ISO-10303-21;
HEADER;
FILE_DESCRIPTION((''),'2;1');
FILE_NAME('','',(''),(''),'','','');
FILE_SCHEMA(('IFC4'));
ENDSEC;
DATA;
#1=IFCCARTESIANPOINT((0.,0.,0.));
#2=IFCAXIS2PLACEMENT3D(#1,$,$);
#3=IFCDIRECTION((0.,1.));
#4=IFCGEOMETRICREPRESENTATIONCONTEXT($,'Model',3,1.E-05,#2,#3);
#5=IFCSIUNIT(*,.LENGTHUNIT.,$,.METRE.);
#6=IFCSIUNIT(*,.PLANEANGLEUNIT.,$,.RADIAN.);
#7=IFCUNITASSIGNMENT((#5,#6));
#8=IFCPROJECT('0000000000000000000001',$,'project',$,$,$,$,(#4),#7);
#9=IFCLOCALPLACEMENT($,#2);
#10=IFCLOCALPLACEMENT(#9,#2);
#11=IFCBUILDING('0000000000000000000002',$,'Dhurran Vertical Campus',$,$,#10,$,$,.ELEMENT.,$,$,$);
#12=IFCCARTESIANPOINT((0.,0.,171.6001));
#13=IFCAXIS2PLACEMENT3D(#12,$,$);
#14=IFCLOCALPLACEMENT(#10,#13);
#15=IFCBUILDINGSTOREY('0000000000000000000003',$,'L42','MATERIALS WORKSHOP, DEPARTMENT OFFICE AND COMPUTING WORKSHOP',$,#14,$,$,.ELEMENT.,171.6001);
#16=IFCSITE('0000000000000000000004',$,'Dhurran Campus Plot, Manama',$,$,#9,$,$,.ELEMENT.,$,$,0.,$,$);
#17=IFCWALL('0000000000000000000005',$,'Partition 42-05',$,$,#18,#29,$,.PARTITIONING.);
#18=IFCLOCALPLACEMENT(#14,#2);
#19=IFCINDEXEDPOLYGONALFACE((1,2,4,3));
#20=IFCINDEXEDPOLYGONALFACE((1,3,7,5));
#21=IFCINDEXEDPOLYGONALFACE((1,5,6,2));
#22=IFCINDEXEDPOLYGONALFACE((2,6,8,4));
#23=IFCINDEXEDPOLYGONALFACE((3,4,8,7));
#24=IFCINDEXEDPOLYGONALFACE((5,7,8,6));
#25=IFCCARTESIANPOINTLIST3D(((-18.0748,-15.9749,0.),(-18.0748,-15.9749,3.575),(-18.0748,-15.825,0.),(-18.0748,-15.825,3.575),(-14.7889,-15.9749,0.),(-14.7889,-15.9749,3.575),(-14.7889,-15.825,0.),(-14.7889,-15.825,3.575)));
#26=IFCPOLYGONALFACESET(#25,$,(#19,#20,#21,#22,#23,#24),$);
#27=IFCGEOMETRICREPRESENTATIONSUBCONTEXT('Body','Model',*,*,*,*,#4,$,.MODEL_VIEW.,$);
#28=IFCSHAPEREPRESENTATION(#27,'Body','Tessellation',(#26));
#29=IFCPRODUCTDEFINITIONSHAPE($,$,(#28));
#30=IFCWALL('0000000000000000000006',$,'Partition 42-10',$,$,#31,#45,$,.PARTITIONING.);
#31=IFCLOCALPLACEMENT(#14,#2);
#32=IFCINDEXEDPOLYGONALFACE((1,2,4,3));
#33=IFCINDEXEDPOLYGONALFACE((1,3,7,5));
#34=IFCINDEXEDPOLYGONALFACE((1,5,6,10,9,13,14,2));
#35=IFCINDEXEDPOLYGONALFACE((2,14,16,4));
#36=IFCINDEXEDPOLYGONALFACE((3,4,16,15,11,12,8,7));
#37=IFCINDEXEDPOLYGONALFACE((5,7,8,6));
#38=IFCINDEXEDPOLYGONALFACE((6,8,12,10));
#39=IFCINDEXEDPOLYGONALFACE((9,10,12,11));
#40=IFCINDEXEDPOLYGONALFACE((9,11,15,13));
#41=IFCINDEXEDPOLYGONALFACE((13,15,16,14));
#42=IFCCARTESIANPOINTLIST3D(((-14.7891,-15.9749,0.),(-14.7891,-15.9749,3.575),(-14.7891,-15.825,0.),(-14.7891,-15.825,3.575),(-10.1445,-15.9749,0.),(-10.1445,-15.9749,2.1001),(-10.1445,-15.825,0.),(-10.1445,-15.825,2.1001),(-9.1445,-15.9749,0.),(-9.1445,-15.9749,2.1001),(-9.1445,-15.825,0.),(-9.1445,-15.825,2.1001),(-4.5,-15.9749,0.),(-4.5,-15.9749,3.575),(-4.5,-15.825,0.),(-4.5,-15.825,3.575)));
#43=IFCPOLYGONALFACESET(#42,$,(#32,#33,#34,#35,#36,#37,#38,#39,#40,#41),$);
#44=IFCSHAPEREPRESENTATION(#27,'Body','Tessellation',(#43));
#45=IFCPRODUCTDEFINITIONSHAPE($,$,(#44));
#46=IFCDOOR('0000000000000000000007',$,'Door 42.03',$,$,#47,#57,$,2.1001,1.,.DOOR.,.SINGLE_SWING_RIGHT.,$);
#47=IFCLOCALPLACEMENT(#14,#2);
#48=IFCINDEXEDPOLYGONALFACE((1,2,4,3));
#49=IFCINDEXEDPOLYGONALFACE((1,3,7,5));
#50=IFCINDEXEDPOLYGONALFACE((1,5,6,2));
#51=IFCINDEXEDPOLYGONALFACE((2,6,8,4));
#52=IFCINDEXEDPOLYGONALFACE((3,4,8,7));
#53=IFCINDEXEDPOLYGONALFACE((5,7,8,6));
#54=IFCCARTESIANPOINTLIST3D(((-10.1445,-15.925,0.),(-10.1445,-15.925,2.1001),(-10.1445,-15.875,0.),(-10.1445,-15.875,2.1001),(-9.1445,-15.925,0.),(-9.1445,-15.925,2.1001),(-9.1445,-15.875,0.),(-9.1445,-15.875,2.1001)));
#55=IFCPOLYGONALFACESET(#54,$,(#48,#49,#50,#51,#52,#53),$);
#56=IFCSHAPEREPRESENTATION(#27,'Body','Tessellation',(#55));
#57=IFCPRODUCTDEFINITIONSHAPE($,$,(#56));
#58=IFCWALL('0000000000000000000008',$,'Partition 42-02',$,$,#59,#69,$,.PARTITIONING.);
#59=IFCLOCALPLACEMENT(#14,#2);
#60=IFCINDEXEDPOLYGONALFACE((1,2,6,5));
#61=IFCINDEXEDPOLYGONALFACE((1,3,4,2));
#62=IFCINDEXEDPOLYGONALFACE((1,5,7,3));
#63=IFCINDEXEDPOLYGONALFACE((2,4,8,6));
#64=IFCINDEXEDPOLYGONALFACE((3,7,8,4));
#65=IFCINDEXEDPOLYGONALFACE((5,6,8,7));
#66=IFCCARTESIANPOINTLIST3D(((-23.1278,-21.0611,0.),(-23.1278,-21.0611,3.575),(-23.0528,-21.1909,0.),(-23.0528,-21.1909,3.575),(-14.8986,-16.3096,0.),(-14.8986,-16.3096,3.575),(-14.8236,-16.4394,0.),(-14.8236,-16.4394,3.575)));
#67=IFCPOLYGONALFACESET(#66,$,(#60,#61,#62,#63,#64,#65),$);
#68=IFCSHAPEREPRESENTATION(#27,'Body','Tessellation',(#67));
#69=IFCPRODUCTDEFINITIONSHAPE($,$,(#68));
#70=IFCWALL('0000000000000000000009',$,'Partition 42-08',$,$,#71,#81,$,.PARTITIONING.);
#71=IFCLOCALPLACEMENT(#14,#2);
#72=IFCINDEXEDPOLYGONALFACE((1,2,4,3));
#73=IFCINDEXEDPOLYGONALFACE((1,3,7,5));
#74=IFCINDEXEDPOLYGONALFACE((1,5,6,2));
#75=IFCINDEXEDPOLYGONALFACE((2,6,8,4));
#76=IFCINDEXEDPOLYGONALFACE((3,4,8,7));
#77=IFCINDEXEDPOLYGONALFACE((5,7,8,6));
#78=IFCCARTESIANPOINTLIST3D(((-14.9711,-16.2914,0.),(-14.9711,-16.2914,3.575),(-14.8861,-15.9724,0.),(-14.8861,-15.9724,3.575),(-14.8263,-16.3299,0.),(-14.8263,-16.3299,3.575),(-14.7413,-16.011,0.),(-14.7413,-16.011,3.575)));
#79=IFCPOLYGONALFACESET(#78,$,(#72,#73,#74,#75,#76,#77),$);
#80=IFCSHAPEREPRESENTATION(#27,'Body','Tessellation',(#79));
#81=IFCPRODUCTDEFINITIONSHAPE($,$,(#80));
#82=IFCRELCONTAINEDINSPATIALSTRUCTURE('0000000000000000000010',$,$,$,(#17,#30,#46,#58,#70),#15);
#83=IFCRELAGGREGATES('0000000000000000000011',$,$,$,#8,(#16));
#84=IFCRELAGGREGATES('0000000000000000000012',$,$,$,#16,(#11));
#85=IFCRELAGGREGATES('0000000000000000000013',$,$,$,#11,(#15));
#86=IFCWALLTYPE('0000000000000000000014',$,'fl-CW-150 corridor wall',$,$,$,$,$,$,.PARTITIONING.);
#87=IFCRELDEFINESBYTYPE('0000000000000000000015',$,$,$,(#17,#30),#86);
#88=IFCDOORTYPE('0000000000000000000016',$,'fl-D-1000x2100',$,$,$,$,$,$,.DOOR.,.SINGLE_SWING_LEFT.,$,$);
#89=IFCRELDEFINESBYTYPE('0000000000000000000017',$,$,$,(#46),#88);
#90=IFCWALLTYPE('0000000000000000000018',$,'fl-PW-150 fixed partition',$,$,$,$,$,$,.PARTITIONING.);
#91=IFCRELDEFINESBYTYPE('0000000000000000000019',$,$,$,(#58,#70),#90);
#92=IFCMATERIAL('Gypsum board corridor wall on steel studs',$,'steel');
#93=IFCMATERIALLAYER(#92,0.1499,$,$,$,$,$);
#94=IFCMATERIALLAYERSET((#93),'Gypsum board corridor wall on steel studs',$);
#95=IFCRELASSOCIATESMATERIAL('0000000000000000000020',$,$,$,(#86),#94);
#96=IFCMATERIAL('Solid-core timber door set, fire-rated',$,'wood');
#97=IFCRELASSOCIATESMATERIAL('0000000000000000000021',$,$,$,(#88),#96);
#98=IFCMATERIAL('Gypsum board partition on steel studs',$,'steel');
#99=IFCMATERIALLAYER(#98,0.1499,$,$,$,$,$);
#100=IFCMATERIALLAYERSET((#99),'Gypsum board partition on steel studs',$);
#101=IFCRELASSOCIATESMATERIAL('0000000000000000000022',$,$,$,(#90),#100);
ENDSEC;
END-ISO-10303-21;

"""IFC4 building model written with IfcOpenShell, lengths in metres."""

from ifc_helpers import new_model, si_unit, direction, frame, frame_2d, origin, place, context, subcontext, project, spatial, rectangle, extrude, material, layer, layer_set, type_object, element, fill, save


model = new_model("IFC4")

# Units and contexts
model_context = context("Model", 3, precision=1e-05, world=origin(), true_north=direction((0.0, 1.0)))
body_context = subcontext(model_context, "Body", "Model", "MODEL_VIEW")
ifc_project = project(units=[si_unit("LENGTHUNIT", "METRE"), si_unit("PLANEANGLEUNIT", "RADIAN")], contexts=[model_context])

# Site, building, storey
site_placement = place(None, origin())
site = spatial("IfcSite", under=ifc_project, at=site_placement, Name="Dhurran Campus Plot, Manama", CompositionType="ELEMENT", RefElevation=0.0)
building_placement = place(site_placement, origin())
building = spatial("IfcBuilding", under=site, at=building_placement, Name="Dhurran Vertical Campus", CompositionType="ELEMENT")
storey_placement = place(building_placement, frame((0.0, 0.0, 171.6001)))
storey = spatial("IfcBuildingStorey", under=building, at=storey_placement, Name="L42", Description="MATERIALS WORKSHOP, DEPARTMENT OFFICE AND COMPUTING WORKSHOP", CompositionType="ELEMENT", Elevation=171.6001)

# Wall
ifc_material_1 = material(Name="Gypsum board corridor wall on steel studs", Category="steel")
ifc_layer_1 = layer(ifc_material_1, 0.1499)
ifc_layer_set_1 = layer_set([ifc_layer_1], Name="Gypsum board corridor wall on steel studs")
wall_type_1 = type_object("IfcWallType", Name="fl-CW-150 corridor wall", PredefinedType="PARTITIONING", material=ifc_layer_set_1)
wall_1_placement = place(storey_placement, frame((-18.075, -15.8999, 0.0), z_axis=(0.0, 0.0, 1.0), x_axis=(1.0, 0.0, 0.0)))
element("IfcWall", 1, at=wall_1_placement, inside=storey, type_object=wall_type_1, Name="Partition 42-05", PredefinedType="PARTITIONING", context=body_context, shape_type="SweptSolid", body=[
    extrude(rectangle(XDim=3.2859, YDim=0.1499, at=frame_2d((1.6431, 0.0))), origin(), (0.0, 0.0, 1.0), 3.575),
])

# Wall, opening, door
wall_2_placement = place(storey_placement, frame((-14.7891, -15.8999, 0.0), z_axis=(0.0, 0.0, 1.0), x_axis=(1.0, 0.0, 0.0)))
wall_2 = element("IfcWall", 2, at=wall_2_placement, inside=storey, type_object=wall_type_1, Name="Partition 42-10", PredefinedType="PARTITIONING", context=body_context, shape_type="SweptSolid", body=[
    extrude(rectangle(XDim=10.2891, YDim=0.1499, at=frame_2d((5.1445, 0.0))), origin(), (0.0, 0.0, 1.0), 3.575),
])
opening_1_placement = place(wall_2_placement, frame((4.6445, 0.0, 0.0)))
opening_1 = element("IfcOpeningElement", 3, at=opening_1_placement, cuts=wall_2, PredefinedType="OPENING", context=body_context, shape_type="SweptSolid", body=[
    extrude(rectangle(XDim=1.0, YDim=2.1001, at=frame_2d((0.5, 1.05))), frame((0.0, 0.085, 0.0), z_axis=(0.0, -1.0, 0.0), x_axis=(1.0, 0.0, 0.0)), (0.0, 0.0, 1.0), 0.1699),
])
ifc_material_2 = material(Name="Solid-core timber door set, fire-rated", Category="wood")
door_type_1 = type_object("IfcDoorType", Name="fl-D-1000x2100", OperationType="SINGLE_SWING_LEFT", PredefinedType="DOOR", material=ifc_material_2)
door_1_placement = place(opening_1_placement, origin())
door_1 = element("IfcDoor", 4, at=door_1_placement, inside=storey, type_object=door_type_1, Name="Door 42.03", OperationType="SINGLE_SWING_RIGHT", OverallHeight=2.1001, OverallWidth=1.0, PredefinedType="DOOR", context=body_context, shape_type="SweptSolid", body=[
    extrude(rectangle(XDim=1.0, YDim=2.1001, at=frame_2d((0.5, 1.05))), frame((0.0, 0.0249, 0.0), z_axis=(0.0, -1.0, 0.0), x_axis=(1.0, 0.0, 0.0)), (0.0, 0.0, 1.0), 0.05),
])
fill(opening_1, door_1)

# Walls
ifc_material_3 = material(Name="Gypsum board partition on steel studs", Category="steel")
ifc_layer_2 = layer(ifc_material_3, 0.1499)
ifc_layer_set_2 = layer_set([ifc_layer_2], Name="Gypsum board partition on steel studs")
wall_type_2 = type_object("IfcWallType", Name="fl-PW-150 fixed partition", PredefinedType="PARTITIONING", material=ifc_layer_set_2)
wall_3_placement = place(storey_placement, frame((-14.8611, -16.3745, 0.0), z_axis=(0.0, 0.0, 1.0), x_axis=(-0.866011, -0.500024, 0.0)))
element("IfcWall", 5, at=wall_3_placement, inside=storey, type_object=wall_type_2, Name="Partition 42-02", PredefinedType="PARTITIONING", context=body_context, shape_type="SweptSolid", body=[
    extrude(rectangle(XDim=9.5024, YDim=0.1499, at=frame_2d((4.7512, 0.0))), origin(), (0.0, 0.0, 1.0), 3.575),
])
wall_4_placement = place(storey_placement, frame((-14.8137, -15.9917, 0.0), z_axis=(0.0, 0.0, 1.0), x_axis=(-0.257478, -0.966284, 0.0)))
element("IfcWall", 6, at=wall_4_placement, inside=storey, type_object=wall_type_2, Name="Partition 42-08", PredefinedType="PARTITIONING", context=body_context, shape_type="SweptSolid", body=[
    extrude(rectangle(XDim=0.3301, YDim=0.1499, at=frame_2d((0.165, 0.0))), origin(), (0.0, 0.0, 1.0), 3.575),
])

save(model, "model.ifc")
